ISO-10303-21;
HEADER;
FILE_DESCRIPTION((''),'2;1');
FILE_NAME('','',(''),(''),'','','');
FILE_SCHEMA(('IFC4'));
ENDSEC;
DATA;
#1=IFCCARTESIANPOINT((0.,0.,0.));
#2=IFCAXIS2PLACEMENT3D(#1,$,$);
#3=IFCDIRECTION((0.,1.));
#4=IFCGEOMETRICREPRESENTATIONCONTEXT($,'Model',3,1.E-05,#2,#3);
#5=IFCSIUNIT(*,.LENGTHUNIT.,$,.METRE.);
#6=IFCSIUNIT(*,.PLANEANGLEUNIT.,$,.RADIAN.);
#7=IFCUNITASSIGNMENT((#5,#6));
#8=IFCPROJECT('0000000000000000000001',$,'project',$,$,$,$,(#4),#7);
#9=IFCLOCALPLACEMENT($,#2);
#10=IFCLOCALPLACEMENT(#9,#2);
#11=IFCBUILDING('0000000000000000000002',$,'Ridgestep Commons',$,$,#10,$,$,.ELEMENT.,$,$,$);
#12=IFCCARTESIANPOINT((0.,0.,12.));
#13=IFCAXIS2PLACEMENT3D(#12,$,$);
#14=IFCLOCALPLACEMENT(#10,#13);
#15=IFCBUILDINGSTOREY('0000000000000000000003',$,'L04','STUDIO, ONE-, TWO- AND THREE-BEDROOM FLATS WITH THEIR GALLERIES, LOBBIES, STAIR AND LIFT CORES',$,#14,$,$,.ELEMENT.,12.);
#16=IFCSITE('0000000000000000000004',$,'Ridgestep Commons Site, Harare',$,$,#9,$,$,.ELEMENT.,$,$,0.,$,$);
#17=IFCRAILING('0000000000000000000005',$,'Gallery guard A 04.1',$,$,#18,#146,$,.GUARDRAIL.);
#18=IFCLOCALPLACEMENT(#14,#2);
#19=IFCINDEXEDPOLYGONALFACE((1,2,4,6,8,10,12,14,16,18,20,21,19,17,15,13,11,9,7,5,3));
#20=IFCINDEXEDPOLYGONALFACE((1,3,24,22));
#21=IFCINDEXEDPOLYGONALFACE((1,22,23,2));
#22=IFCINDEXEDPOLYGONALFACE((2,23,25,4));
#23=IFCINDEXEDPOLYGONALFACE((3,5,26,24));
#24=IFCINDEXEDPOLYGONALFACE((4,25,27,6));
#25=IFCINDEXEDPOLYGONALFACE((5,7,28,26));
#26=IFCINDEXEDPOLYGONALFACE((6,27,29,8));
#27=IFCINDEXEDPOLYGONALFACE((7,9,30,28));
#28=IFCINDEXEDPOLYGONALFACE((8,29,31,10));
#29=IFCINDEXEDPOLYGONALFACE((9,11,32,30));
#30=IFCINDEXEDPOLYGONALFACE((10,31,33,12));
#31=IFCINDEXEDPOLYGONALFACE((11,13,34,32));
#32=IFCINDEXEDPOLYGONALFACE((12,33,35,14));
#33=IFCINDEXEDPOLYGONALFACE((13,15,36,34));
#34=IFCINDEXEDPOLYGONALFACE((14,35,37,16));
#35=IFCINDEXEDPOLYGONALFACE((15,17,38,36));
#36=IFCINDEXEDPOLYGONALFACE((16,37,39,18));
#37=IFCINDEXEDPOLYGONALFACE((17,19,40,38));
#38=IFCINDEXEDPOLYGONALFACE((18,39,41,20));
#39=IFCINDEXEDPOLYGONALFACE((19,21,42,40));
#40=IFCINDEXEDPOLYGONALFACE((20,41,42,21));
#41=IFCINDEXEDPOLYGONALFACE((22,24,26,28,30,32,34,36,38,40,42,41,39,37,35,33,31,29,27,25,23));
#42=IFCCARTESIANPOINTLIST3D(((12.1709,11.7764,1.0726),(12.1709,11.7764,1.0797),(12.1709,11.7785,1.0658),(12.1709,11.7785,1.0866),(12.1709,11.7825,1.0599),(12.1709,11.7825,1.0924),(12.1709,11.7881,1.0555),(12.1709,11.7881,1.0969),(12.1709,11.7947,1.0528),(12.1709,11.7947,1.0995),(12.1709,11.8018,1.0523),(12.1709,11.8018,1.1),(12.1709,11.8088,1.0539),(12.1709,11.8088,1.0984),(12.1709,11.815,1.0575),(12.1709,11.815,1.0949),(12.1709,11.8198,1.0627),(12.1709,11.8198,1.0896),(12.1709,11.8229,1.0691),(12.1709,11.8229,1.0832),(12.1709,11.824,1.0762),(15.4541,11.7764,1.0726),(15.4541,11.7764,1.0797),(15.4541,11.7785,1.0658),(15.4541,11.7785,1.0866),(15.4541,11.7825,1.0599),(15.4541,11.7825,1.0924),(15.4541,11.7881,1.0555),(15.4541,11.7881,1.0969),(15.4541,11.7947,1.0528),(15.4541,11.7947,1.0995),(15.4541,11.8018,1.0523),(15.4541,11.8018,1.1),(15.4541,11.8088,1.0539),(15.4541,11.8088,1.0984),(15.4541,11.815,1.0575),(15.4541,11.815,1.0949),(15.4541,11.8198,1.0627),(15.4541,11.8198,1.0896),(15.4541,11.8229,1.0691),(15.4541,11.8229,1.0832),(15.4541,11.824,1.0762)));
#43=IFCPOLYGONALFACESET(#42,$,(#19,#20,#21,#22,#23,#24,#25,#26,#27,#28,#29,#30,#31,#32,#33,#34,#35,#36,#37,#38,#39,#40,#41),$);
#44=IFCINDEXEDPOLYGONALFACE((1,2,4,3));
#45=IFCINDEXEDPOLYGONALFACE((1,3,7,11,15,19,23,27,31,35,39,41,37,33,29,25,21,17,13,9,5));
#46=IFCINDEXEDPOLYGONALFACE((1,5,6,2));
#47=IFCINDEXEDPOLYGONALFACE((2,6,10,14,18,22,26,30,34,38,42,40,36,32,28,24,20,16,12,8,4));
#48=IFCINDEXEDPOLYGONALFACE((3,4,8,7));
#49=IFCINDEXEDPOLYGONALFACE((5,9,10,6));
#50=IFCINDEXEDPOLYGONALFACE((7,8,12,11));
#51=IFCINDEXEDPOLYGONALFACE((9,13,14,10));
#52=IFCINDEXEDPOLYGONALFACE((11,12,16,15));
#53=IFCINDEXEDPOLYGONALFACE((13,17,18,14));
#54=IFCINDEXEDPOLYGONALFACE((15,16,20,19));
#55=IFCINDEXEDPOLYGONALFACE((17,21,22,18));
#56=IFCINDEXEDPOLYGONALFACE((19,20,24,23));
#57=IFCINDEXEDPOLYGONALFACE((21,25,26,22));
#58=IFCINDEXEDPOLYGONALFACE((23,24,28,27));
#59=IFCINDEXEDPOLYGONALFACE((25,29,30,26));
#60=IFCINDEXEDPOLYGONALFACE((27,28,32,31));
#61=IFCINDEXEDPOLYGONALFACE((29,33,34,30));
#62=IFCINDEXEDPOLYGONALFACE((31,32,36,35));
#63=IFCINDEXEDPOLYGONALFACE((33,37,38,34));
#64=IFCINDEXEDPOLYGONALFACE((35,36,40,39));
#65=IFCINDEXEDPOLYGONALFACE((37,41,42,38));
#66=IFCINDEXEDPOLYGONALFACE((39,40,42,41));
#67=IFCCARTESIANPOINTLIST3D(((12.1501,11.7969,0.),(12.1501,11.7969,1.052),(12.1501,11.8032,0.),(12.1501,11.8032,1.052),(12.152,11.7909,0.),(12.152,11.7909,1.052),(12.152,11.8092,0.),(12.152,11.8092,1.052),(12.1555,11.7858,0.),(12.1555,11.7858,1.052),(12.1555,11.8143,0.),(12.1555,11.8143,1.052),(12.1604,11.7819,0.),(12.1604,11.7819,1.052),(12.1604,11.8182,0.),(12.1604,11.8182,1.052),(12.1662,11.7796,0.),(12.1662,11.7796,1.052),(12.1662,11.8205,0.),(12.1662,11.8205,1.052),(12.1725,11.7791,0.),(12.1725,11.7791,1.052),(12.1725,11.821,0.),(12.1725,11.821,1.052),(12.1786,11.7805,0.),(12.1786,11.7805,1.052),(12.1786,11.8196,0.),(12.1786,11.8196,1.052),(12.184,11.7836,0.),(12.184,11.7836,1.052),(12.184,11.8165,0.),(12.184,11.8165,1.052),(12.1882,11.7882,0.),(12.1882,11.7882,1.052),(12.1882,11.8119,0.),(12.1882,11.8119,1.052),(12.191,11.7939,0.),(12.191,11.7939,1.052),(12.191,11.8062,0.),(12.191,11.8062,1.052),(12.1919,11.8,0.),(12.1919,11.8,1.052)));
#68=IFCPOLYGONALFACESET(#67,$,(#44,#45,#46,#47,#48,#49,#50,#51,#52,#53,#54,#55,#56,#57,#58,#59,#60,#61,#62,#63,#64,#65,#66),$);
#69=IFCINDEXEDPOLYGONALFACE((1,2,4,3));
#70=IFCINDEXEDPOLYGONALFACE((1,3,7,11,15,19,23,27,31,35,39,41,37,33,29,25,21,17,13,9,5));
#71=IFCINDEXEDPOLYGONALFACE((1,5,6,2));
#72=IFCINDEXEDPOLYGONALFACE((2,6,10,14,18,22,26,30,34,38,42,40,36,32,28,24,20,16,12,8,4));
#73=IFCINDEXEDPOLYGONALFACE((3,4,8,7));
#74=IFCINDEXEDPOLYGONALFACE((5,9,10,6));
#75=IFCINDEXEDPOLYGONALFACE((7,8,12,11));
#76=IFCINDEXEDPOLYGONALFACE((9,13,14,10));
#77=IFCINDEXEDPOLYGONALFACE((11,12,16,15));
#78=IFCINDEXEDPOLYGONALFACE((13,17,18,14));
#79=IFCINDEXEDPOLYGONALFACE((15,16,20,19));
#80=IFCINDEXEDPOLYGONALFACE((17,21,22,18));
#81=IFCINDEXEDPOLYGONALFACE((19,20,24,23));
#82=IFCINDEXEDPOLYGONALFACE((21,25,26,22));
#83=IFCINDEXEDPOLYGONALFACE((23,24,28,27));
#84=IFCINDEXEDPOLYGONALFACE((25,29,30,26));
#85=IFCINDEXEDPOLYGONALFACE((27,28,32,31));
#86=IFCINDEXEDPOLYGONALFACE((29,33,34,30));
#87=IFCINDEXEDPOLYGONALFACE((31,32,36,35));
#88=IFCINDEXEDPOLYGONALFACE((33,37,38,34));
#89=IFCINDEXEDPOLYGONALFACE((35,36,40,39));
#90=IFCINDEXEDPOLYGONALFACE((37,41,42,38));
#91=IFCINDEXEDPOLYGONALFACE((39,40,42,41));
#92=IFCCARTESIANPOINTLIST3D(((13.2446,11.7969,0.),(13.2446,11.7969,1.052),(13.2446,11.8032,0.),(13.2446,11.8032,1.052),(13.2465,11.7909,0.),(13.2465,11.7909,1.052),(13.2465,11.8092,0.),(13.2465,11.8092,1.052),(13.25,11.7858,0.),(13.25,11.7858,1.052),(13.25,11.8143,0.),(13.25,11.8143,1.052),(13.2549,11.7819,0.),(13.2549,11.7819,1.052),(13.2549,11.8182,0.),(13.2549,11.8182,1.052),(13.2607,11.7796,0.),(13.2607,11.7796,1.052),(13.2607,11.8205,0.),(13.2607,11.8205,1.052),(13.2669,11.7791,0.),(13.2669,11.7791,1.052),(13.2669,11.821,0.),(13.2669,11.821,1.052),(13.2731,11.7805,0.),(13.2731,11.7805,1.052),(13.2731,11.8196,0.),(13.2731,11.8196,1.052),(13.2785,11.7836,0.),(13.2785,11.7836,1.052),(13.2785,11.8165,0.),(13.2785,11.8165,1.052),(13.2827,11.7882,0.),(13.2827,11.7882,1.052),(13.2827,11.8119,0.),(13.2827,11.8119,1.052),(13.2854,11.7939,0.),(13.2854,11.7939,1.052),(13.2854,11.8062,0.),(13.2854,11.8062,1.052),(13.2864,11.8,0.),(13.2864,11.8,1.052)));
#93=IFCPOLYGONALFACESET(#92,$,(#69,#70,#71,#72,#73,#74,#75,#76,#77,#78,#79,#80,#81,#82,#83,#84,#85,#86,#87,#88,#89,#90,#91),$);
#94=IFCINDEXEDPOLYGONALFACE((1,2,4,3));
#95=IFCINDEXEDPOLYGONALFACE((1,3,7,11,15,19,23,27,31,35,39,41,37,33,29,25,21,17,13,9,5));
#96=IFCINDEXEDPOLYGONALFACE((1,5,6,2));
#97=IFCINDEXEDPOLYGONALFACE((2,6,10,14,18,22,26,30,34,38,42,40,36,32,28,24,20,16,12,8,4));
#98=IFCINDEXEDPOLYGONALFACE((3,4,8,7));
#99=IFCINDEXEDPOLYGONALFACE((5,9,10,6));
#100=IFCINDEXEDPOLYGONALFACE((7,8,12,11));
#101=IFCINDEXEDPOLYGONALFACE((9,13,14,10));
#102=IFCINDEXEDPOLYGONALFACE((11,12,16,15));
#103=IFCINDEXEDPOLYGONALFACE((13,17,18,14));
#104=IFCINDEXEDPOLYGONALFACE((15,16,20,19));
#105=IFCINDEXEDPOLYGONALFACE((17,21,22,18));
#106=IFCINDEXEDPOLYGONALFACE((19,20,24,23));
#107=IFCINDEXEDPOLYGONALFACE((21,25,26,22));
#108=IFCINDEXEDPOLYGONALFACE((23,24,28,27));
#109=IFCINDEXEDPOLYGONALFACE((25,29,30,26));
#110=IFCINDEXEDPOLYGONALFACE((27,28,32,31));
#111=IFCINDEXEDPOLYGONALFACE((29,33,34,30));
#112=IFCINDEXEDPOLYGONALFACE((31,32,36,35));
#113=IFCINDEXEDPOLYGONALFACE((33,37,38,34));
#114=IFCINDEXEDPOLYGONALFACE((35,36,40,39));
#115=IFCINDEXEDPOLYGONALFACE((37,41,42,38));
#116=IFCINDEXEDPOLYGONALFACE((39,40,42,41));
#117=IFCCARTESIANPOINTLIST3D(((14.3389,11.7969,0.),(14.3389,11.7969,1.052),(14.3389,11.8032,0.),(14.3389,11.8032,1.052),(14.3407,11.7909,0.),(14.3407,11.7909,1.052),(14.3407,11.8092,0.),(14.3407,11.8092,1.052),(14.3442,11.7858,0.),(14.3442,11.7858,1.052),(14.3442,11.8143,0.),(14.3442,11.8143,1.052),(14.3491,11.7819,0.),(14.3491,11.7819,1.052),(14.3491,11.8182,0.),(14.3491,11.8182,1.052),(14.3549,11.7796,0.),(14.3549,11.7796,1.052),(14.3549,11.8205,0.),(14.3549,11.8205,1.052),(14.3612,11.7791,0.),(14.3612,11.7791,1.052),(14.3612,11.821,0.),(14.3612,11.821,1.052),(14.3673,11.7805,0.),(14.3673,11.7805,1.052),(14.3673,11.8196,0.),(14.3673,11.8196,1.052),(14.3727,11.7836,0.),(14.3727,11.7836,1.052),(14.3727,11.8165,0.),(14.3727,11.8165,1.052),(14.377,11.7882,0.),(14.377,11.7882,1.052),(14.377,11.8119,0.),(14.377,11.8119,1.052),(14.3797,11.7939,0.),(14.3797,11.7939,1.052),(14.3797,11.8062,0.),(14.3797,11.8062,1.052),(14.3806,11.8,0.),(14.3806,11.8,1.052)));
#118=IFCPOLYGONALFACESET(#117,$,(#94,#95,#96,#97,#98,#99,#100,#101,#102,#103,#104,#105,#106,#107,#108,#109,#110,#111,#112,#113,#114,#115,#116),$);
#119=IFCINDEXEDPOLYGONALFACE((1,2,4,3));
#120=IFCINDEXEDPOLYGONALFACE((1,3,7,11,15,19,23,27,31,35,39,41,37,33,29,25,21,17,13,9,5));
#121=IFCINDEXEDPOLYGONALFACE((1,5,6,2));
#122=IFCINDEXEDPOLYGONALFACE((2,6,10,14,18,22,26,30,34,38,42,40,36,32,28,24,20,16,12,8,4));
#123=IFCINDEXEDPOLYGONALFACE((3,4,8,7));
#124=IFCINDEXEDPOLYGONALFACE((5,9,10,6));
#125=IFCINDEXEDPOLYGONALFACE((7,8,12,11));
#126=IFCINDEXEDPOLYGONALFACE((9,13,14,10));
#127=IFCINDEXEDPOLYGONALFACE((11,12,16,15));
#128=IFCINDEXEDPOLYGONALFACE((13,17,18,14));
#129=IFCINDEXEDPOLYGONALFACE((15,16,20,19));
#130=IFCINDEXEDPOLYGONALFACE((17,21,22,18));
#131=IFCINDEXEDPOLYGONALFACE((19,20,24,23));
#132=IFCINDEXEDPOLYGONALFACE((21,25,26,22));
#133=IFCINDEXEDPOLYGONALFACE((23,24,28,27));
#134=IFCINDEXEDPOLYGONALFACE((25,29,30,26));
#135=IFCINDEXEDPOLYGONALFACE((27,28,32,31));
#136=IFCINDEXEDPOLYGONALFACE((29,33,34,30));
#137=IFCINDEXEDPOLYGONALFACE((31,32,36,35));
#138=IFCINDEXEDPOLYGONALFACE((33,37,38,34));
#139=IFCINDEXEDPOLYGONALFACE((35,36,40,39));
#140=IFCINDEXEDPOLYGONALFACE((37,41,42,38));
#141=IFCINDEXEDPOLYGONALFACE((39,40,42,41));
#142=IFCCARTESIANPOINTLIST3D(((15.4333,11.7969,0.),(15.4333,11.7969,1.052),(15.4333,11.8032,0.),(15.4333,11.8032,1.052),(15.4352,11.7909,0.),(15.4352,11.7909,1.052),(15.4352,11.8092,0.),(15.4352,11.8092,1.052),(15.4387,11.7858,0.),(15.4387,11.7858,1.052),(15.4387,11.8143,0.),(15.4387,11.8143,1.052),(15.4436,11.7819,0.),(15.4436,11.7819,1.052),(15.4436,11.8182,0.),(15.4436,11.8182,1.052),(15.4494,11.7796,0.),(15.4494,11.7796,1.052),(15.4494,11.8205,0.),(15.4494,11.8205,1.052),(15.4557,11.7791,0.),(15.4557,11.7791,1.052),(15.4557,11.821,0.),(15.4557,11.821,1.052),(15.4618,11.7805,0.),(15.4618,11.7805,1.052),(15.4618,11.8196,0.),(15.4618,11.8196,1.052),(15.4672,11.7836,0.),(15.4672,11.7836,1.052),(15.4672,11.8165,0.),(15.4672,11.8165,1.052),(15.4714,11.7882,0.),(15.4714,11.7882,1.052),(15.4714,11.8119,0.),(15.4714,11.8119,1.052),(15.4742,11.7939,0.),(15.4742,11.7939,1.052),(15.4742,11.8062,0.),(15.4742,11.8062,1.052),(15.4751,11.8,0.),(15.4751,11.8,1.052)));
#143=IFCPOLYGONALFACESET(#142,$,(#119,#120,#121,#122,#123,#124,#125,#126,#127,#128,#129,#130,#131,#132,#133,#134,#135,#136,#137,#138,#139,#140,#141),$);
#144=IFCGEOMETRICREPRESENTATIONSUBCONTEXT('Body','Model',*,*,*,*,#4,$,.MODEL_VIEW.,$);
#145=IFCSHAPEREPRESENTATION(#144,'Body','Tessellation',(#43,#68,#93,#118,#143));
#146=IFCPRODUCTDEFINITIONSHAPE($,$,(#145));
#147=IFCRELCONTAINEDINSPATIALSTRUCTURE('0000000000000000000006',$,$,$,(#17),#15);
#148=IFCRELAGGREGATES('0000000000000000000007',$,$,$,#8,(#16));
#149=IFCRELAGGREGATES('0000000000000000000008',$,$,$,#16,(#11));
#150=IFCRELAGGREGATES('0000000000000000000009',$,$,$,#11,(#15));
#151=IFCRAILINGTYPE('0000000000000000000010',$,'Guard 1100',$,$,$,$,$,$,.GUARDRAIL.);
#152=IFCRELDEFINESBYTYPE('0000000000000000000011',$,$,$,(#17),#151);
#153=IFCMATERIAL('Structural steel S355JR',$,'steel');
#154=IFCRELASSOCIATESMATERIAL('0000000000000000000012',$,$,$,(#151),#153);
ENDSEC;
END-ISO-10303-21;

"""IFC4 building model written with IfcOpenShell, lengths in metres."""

from ifc_helpers import new_model, si_unit, direction, frame, origin, origin_2d, place, context, subcontext, project, spatial, circle, extrude, material, type_object, element, save


model = new_model("IFC4")

# Units and contexts
model_context = context("Model", 3, precision=1e-05, world=origin(), true_north=direction((0.0, 1.0)))
body_context = subcontext(model_context, "Body", "Model", "MODEL_VIEW")
ifc_project = project(units=[si_unit("LENGTHUNIT", "METRE"), si_unit("PLANEANGLEUNIT", "RADIAN")], contexts=[model_context])

# Site, building, storey
site_placement = place(None, origin())
site = spatial("IfcSite", under=ifc_project, at=site_placement, Name="Ridgestep Commons Site, Harare", CompositionType="ELEMENT", RefElevation=0.0)
building_placement = place(site_placement, origin())
building = spatial("IfcBuilding", under=site, at=building_placement, Name="Ridgestep Commons", CompositionType="ELEMENT")
storey_placement = place(building_placement, frame((0.0, 0.0, 12.0)))
storey = spatial("IfcBuildingStorey", under=building, at=storey_placement, Name="L04", Description="STUDIO, ONE-, TWO- AND THREE-BEDROOM FLATS WITH THEIR GALLERIES, LOBBIES, STAIR AND LIFT CORES", CompositionType="ELEMENT", Elevation=12.0)

# Railing
ifc_material_1 = material(Name="Structural steel S355JR", Category="steel")
railing_type = type_object("IfcRailingType", Name="Guard 1100", PredefinedType="GUARDRAIL", material=ifc_material_1)
railing_1_placement = place(storey_placement, frame((12.1709, 11.8, 0.0)))
element("IfcRailing", 1, at=railing_1_placement, inside=storey, type_object=railing_type, Name="Gallery guard A 04.1", PredefinedType="GUARDRAIL", context=body_context, shape_type="SweptSolid", body=[
    extrude(circle(Radius=0.0239, at=origin_2d()), frame((0.0, 0.0, 1.0762), z_axis=(1.0, 0.0, 0.0), x_axis=(0.0, 1.0, 0.0)), (0.0, 0.0, 1.0), 3.2832),
    extrude(circle(Radius=0.021, at=origin_2d()), origin(), (0.0, 0.0, 1.0), 1.052),
    extrude(circle(Radius=0.021, at=origin_2d()), frame((1.0945, 0.0, 0.0)), (0.0, 0.0, 1.0), 1.052),
    extrude(circle(Radius=0.021, at=origin_2d()), frame((2.1887, 0.0, 0.0)), (0.0, 0.0, 1.0), 1.052),
    extrude(circle(Radius=0.021, at=origin_2d()), frame((3.2832, 0.0, 0.0)), (0.0, 0.0, 1.0), 1.052),
])

save(model, "model.ifc")
